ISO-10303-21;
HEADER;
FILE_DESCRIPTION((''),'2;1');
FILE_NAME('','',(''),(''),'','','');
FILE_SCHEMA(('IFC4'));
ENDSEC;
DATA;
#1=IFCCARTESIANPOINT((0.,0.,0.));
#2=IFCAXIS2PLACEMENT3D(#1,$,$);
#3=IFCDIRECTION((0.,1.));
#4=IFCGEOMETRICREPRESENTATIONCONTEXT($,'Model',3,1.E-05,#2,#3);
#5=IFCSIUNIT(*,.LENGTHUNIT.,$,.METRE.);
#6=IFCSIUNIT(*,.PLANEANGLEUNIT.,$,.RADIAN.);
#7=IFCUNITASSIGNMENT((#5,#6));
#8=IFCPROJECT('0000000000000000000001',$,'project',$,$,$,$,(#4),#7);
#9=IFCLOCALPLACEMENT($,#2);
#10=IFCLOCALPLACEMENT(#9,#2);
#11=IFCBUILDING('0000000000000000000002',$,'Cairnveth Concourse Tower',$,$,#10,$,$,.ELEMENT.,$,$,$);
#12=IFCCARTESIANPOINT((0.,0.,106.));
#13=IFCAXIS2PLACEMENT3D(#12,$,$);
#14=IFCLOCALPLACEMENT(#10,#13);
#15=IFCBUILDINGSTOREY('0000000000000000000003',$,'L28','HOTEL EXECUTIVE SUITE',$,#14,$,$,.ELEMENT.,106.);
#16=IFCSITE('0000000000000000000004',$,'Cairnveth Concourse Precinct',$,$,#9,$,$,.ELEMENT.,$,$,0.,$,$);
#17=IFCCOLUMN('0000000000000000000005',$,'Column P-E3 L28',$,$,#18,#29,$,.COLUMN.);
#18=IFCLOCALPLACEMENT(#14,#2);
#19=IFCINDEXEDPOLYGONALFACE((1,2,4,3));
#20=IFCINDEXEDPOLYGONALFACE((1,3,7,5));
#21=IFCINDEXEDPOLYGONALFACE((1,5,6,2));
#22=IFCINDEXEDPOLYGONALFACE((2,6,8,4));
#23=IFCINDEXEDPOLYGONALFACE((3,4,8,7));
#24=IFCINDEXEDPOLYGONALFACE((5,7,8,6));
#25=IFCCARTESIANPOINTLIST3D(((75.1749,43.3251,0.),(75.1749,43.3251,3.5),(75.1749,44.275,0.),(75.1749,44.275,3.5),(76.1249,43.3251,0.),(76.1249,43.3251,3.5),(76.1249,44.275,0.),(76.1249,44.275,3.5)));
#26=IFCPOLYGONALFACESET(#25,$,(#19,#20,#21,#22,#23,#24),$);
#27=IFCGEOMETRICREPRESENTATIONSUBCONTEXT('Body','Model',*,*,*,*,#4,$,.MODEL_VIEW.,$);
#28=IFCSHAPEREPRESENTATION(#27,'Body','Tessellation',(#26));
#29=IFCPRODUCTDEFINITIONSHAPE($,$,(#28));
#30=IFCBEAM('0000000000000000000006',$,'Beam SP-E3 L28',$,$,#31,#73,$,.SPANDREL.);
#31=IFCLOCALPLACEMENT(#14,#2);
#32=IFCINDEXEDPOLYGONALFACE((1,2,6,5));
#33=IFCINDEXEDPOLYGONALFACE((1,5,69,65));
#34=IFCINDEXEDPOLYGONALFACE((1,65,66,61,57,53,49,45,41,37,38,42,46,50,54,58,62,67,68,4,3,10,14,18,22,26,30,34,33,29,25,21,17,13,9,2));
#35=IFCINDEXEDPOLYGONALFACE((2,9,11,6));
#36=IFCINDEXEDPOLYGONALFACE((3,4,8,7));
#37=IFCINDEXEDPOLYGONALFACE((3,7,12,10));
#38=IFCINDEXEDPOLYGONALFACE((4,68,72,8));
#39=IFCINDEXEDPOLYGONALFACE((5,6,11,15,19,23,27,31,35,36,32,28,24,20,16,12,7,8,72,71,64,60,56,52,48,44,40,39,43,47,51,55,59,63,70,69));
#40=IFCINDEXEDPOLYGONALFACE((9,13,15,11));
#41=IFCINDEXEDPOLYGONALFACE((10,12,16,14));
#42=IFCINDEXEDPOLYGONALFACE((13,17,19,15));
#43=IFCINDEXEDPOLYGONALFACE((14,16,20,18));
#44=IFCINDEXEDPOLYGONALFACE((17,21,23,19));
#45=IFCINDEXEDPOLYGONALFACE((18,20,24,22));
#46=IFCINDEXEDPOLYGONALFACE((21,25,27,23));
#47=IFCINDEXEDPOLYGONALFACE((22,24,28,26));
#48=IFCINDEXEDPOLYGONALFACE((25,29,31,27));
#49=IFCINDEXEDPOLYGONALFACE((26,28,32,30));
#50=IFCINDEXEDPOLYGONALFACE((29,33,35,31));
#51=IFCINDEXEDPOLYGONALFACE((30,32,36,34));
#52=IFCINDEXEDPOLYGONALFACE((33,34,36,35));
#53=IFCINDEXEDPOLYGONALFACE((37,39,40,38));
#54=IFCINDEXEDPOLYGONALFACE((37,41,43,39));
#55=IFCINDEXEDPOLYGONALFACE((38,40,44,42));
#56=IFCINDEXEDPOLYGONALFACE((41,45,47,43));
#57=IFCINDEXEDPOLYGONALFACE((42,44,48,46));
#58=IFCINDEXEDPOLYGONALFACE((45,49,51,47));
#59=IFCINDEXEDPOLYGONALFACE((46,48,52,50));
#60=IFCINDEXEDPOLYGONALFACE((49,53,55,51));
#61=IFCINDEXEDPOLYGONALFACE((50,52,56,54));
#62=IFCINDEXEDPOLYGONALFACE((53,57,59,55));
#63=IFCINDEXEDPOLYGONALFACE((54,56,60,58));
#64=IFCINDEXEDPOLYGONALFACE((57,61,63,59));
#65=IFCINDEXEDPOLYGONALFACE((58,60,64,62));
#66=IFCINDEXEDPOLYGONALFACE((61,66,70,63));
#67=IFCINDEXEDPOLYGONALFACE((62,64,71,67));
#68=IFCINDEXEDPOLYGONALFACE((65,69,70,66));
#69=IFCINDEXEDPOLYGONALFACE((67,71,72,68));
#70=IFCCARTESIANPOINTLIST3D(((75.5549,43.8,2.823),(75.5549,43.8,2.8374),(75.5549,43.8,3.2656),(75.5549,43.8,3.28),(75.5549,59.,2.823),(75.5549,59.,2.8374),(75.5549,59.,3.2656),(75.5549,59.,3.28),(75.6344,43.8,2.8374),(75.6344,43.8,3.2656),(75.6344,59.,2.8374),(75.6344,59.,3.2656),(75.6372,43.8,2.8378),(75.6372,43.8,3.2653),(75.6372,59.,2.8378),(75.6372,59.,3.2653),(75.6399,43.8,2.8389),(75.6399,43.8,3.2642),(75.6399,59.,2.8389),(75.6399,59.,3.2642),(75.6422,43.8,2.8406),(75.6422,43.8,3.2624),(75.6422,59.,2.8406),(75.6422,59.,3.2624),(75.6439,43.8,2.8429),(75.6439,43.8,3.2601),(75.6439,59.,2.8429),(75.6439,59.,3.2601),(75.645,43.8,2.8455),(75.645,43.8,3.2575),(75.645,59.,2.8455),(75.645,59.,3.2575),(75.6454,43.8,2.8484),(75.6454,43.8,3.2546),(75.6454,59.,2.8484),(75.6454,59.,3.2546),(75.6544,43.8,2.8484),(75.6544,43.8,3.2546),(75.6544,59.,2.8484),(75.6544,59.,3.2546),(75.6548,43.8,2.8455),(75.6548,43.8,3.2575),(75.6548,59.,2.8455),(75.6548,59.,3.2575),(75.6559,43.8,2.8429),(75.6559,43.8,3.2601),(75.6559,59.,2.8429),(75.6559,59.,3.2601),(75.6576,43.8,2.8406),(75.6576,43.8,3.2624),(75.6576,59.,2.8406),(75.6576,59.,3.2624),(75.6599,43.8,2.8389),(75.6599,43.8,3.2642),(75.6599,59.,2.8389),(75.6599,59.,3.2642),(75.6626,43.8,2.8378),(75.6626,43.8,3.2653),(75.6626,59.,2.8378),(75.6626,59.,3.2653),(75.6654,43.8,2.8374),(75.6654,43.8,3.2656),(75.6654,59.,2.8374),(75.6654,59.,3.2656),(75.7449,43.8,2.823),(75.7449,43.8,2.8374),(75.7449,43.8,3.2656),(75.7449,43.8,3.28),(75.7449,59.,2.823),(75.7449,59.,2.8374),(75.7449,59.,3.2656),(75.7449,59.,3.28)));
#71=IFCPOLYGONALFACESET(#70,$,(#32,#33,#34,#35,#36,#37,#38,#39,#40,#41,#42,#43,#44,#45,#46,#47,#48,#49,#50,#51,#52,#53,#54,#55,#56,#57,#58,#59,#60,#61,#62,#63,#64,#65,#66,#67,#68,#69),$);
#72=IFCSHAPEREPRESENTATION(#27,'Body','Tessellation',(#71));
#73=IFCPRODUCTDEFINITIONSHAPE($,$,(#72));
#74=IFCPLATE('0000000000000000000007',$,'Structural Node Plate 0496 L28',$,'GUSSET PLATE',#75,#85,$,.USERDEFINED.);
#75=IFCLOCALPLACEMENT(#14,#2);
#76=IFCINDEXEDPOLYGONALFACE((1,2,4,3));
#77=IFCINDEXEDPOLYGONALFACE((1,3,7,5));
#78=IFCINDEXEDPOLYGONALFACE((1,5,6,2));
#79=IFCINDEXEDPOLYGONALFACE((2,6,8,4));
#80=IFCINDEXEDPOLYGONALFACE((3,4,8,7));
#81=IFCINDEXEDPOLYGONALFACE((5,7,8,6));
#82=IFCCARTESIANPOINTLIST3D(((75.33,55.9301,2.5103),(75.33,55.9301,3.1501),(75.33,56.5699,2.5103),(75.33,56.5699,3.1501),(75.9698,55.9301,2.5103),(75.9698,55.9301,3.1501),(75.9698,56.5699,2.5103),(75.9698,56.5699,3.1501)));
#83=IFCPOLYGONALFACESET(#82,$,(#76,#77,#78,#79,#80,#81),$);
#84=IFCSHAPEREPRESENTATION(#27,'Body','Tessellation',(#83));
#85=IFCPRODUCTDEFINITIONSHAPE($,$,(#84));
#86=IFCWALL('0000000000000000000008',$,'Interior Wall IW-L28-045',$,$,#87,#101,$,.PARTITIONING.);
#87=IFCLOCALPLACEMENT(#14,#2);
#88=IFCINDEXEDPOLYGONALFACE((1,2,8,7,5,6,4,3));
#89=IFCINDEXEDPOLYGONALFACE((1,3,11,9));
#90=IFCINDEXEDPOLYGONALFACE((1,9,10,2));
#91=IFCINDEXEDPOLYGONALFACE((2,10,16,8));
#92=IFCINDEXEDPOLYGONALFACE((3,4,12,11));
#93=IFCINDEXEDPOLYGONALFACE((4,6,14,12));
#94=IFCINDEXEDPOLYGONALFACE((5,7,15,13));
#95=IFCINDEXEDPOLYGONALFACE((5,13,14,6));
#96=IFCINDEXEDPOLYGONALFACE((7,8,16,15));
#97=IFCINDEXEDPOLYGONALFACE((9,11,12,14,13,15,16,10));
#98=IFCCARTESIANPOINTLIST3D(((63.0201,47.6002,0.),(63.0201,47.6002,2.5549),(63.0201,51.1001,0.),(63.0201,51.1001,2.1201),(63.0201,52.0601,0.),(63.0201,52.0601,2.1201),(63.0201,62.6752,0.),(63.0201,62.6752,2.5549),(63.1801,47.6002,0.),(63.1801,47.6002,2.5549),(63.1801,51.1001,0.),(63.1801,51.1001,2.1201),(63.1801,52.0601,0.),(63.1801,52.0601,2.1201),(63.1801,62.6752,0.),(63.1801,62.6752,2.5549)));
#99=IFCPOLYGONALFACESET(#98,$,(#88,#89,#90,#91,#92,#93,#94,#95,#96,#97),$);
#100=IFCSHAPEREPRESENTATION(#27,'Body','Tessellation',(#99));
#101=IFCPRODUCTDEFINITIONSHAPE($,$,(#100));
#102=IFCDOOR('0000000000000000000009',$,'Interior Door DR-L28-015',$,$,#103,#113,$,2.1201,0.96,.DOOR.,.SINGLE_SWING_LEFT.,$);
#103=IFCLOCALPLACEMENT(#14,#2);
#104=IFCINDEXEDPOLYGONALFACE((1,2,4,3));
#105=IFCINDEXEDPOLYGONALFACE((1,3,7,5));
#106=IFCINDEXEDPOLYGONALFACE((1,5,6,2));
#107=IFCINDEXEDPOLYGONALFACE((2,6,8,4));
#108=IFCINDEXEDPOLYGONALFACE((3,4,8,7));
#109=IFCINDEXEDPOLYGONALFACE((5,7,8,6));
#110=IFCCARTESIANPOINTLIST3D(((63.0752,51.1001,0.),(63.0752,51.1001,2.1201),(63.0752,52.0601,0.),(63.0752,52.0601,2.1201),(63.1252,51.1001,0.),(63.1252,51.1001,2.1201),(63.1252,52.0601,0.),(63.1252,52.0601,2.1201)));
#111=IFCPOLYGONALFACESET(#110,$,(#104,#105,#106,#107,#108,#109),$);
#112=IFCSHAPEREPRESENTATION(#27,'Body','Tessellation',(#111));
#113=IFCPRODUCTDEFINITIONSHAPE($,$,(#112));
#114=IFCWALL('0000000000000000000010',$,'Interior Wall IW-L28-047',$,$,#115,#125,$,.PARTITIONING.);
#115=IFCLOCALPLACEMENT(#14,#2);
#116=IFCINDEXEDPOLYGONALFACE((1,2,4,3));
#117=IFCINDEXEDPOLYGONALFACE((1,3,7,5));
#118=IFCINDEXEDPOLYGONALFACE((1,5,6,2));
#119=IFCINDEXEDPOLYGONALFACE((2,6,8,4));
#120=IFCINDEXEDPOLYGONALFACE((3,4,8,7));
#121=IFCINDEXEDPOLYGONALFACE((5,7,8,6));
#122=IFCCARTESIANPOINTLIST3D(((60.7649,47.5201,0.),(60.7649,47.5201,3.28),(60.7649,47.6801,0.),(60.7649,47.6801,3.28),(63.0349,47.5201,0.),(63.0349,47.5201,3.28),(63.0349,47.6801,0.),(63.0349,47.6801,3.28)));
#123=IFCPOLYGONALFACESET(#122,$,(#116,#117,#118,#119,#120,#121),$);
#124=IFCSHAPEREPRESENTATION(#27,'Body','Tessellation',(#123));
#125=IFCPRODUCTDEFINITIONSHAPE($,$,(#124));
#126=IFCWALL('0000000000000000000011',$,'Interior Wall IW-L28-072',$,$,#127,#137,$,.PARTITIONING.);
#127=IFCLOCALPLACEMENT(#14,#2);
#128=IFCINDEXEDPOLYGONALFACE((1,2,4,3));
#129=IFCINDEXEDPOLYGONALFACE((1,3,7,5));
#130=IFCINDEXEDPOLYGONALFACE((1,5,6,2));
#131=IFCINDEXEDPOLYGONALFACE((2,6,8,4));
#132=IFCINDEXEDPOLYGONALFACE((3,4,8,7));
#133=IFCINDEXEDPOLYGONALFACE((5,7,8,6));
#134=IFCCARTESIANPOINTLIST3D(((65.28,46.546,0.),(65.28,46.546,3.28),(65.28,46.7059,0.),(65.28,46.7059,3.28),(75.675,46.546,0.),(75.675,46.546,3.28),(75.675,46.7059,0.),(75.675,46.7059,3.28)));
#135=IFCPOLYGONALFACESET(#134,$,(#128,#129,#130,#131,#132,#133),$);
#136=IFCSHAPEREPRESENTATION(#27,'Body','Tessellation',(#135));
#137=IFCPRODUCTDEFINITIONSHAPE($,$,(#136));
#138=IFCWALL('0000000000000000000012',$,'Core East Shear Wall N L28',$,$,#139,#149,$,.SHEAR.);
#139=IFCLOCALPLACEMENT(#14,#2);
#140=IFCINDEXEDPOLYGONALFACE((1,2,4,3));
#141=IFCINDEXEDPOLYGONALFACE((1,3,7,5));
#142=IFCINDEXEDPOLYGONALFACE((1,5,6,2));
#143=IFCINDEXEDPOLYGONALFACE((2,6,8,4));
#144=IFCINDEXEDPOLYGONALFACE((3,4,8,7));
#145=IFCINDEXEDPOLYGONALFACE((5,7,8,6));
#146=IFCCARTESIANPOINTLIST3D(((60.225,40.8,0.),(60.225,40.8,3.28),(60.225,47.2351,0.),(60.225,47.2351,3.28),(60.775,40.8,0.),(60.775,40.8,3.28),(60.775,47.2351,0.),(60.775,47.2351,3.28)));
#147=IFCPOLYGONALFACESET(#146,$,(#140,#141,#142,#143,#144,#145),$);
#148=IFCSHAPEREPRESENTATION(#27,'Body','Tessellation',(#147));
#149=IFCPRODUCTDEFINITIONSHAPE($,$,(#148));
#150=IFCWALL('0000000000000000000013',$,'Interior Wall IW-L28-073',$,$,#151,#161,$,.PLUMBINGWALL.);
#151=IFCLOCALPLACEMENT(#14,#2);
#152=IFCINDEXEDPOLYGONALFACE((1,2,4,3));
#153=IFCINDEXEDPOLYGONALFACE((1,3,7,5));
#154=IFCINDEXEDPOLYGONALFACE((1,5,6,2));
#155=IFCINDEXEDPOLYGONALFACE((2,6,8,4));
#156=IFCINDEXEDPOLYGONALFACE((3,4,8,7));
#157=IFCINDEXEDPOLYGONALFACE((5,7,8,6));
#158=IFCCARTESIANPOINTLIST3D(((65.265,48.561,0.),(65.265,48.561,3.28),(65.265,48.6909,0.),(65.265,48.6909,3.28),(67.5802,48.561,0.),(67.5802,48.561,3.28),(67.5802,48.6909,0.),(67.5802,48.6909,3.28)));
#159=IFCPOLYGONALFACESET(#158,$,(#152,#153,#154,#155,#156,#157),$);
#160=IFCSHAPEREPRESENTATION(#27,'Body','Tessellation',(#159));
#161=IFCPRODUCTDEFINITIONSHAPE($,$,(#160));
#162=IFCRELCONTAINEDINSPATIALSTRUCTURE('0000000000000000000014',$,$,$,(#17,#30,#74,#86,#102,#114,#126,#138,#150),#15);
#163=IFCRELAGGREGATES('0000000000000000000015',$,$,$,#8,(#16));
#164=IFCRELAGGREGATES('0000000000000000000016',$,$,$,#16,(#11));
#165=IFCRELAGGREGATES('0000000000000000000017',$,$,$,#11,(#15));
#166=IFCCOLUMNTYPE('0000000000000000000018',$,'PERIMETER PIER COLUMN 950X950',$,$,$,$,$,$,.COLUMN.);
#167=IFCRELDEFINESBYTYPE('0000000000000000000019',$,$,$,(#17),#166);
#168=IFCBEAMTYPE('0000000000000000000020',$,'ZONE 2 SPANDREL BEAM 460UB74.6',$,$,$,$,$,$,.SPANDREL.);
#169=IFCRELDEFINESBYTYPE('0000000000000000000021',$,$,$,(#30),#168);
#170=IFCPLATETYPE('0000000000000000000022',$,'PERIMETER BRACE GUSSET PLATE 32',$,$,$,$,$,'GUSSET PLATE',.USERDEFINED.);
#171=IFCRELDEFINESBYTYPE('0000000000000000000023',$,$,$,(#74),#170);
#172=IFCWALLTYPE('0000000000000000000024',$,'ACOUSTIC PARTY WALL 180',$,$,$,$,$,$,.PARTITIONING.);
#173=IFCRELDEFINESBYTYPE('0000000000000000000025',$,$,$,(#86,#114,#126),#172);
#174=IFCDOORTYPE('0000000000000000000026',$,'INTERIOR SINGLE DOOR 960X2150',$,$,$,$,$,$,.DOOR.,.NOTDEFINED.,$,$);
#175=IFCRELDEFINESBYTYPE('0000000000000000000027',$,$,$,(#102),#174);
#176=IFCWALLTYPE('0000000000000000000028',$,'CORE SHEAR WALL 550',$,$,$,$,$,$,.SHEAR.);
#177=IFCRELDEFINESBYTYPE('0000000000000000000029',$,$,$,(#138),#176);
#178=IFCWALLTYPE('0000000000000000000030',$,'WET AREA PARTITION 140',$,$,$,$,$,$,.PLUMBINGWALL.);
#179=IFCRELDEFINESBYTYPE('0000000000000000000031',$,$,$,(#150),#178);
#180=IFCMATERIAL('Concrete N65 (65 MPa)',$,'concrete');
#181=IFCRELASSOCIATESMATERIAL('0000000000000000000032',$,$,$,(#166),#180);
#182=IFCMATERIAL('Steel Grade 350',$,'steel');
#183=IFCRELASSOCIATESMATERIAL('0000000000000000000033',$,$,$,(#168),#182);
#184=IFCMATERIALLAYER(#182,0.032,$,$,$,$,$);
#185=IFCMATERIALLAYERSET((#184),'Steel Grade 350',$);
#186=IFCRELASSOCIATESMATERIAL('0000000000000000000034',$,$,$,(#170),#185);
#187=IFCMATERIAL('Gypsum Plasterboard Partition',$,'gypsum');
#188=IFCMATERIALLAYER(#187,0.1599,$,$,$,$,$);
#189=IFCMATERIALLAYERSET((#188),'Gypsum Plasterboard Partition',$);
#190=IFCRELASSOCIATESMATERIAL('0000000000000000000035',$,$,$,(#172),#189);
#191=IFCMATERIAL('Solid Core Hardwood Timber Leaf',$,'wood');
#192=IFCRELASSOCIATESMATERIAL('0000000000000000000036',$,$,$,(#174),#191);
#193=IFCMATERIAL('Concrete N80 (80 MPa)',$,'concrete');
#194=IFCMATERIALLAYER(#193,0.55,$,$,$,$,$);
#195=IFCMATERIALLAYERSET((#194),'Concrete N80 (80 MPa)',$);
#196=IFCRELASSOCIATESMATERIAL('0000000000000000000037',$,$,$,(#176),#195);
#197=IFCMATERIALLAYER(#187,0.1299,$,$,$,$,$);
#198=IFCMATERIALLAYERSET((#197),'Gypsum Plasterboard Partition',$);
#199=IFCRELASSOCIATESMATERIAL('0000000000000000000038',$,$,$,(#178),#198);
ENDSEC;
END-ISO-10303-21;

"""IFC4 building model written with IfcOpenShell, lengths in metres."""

from ifc_helpers import new_model, si_unit, direction, frame, frame_2d, origin, origin_2d, place, context, subcontext, project, spatial, rectangle, i_section, extrude, material, layer, layer_set, material_profile, profile_set, type_object, element, fill, save


model = new_model("IFC4")

# Units and contexts
model_context = context("Model", 3, precision=1e-05, world=origin(), true_north=direction((0.0, 1.0)))
body_context = subcontext(model_context, "Body", "Model", "MODEL_VIEW")
ifc_project = project(units=[si_unit("LENGTHUNIT", "METRE"), si_unit("PLANEANGLEUNIT", "RADIAN")], contexts=[model_context])

# Site, building, storey
site_placement = place(None, origin())
site = spatial("IfcSite", under=ifc_project, at=site_placement, Name="Cairnveth Concourse Precinct", CompositionType="ELEMENT", RefElevation=0.0)
building_placement = place(site_placement, origin())
building = spatial("IfcBuilding", under=site, at=building_placement, Name="Cairnveth Concourse Tower", CompositionType="ELEMENT")
storey_placement = place(building_placement, frame((0.0, 0.0, 106.0)))
storey = spatial("IfcBuildingStorey", under=building, at=storey_placement, Name="L28", Description="HOTEL EXECUTIVE SUITE", CompositionType="ELEMENT", Elevation=106.0)

# Column
ifc_material_1 = material(Name="Concrete N65 (65 MPa)", Category="concrete")
ifc_material_profile_1 = material_profile(ifc_material_1, rectangle(XDim=0.95, YDim=0.95, at=origin_2d()), Name="RC-COL-950x950")
ifc_profile_set_1 = profile_set([ifc_material_profile_1], Name="Concrete N65 (65 MPa)")
column_type = type_object("IfcColumnType", Name="PERIMETER PIER COLUMN 950X950", PredefinedType="COLUMN", material=ifc_profile_set_1)
column_placement = place(storey_placement, frame((75.6499, 43.8, 0.0), z_axis=(0.0, 0.0, 1.0), x_axis=(0.0, 1.0, 0.0)))
element("IfcColumn", 1, at=column_placement, inside=storey, type_object=column_type, Name="Column P-E3 L28", PredefinedType="COLUMN", context=body_context, shape_type="SweptSolid", body=[
    extrude(rectangle(XDim=0.95, YDim=0.95, at=origin_2d()), origin(), (0.0, 0.0, 1.0), 3.5),
])

# Beam
ifc_material_2 = material(Name="Steel Grade 350", Category="steel")
ifc_material_profile_2 = material_profile(ifc_material_2, i_section(OverallWidth=0.1899, OverallDepth=0.457, WebThickness=0.009, FlangeThickness=0.0144, FilletRadius=0.011, at=origin_2d()), Name="460UB74.6")
ifc_profile_set_2 = profile_set([ifc_material_profile_2], Name="Steel Grade 350")
beam_type = type_object("IfcBeamType", Name="ZONE 2 SPANDREL BEAM 460UB74.6", PredefinedType="SPANDREL", material=ifc_profile_set_2)
beam_placement = place(storey_placement, frame((75.6499, 43.8, 3.0515), z_axis=(0.0, 1.0, 0.0), x_axis=(-1.0, 0.0, 0.0)))
element("IfcBeam", 2, at=beam_placement, inside=storey, type_object=beam_type, Name="Beam SP-E3 L28", PredefinedType="SPANDREL", context=body_context, shape_type="SweptSolid", body=[
    extrude(i_section(OverallWidth=0.1899, OverallDepth=0.457, WebThickness=0.009, FlangeThickness=0.0144, FilletRadius=0.011, at=origin_2d()), origin(), (0.0, 0.0, 1.0), 15.2),
])

# Plate
ifc_layer_1 = layer(ifc_material_2, 0.032)
ifc_layer_set_1 = layer_set([ifc_layer_1], Name="Steel Grade 350")
plate_type = type_object("IfcPlateType", Name="PERIMETER BRACE GUSSET PLATE 32", ElementType="GUSSET PLATE", PredefinedType="USERDEFINED", material=ifc_layer_set_1)
plate_placement = place(storey_placement, frame((75.6499, 56.25, 2.5103), z_axis=(0.0, 0.0, 1.0), x_axis=(1.0, 0.0, 0.0)))
element("IfcPlate", 3, at=plate_placement, inside=storey, type_object=plate_type, Name="Structural Node Plate 0496 L28", ObjectType="GUSSET PLATE", PredefinedType="USERDEFINED", context=body_context, shape_type="SweptSolid", body=[
    extrude(rectangle(XDim=0.6399, YDim=0.6399, at=origin_2d()), origin(), (0.0, 0.0, 1.0), 0.6399),
])

# Wall, opening, door
ifc_material_3 = material(Name="Gypsum Plasterboard Partition", Category="gypsum")
ifc_layer_2 = layer(ifc_material_3, 0.1599)
ifc_layer_set_2 = layer_set([ifc_layer_2], Name="Gypsum Plasterboard Partition")
wall_type_1 = type_object("IfcWallType", Name="ACOUSTIC PARTY WALL 180", PredefinedType="PARTITIONING", material=ifc_layer_set_2)
wall_1_placement = place(storey_placement, frame((63.1001, 47.6001, 0.0), z_axis=(0.0, 0.0, 1.0), x_axis=(0.0, 1.0, 0.0)))
wall_1 = element("IfcWall", 4, at=wall_1_placement, inside=storey, type_object=wall_type_1, Name="Interior Wall IW-L28-045", PredefinedType="PARTITIONING", context=body_context, shape_type="SweptSolid", body=[
    extrude(rectangle(XDim=15.075, YDim=0.1599, at=frame_2d((7.5376, 0.0))), origin(), (0.0, 0.0, 1.0), 2.5549),
])
opening_1_placement = place(wall_1_placement, frame((3.5, 0.0, 0.0)))
opening_1 = element("IfcOpeningElement", 5, at=opening_1_placement, cuts=wall_1, PredefinedType="OPENING", context=body_context, shape_type="SweptSolid", body=[
    extrude(rectangle(XDim=0.96, YDim=2.1201, at=frame_2d((0.48, 1.0601))), frame((0.0, 0.0898, 0.0), z_axis=(0.0, -1.0, 0.0), x_axis=(1.0, 0.0, 0.0)), (0.0, 0.0, 1.0), 0.1799),
])
ifc_material_4 = material(Name="Solid Core Hardwood Timber Leaf", Category="wood")
door_type_1 = type_object("IfcDoorType", Name="INTERIOR SINGLE DOOR 960X2150", OperationType="NOTDEFINED", PredefinedType="DOOR", material=ifc_material_4)
door_1_placement = place(opening_1_placement, origin())
door_1 = element("IfcDoor", 6, at=door_1_placement, inside=storey, type_object=door_type_1, Name="Interior Door DR-L28-015", OperationType="SINGLE_SWING_LEFT", OverallHeight=2.1201, OverallWidth=0.96, PredefinedType="DOOR", context=body_context, shape_type="SweptSolid", body=[
    extrude(rectangle(XDim=0.96, YDim=2.1201, at=frame_2d((0.48, 1.0601))), frame((0.0, 0.0249, 0.0), z_axis=(0.0, -1.0, 0.0), x_axis=(1.0, 0.0, 0.0)), (0.0, 0.0, 1.0), 0.05),
])
fill(opening_1, door_1)

# Walls
wall_2_placement = place(storey_placement, frame((60.7649, 47.6001, 0.0), z_axis=(0.0, 0.0, 1.0), x_axis=(1.0, 0.0, 0.0)))
element("IfcWall", 7, at=wall_2_placement, inside=storey, type_object=wall_type_1, Name="Interior Wall IW-L28-047", PredefinedType="PARTITIONING", context=body_context, shape_type="SweptSolid", body=[
    extrude(rectangle(XDim=2.27, YDim=0.1599, at=frame_2d((1.135, 0.0))), origin(), (0.0, 0.0, 1.0), 3.28),
])
wall_3_placement = place(storey_placement, frame((65.28, 46.626, 0.0), z_axis=(0.0, 0.0, 1.0), x_axis=(1.0, 0.0, 0.0)))
element("IfcWall", 8, at=wall_3_placement, inside=storey, type_object=wall_type_1, Name="Interior Wall IW-L28-072", PredefinedType="PARTITIONING", context=body_context, shape_type="SweptSolid", body=[
    extrude(rectangle(XDim=10.395, YDim=0.1599, at=frame_2d((5.1975, 0.0))), origin(), (0.0, 0.0, 1.0), 3.28),
])
ifc_material_5 = material(Name="Concrete N80 (80 MPa)", Category="concrete")
ifc_layer_3 = layer(ifc_material_5, 0.55)
ifc_layer_set_3 = layer_set([ifc_layer_3], Name="Concrete N80 (80 MPa)")
wall_type_2 = type_object("IfcWallType", Name="CORE SHEAR WALL 550", PredefinedType="SHEAR", material=ifc_layer_set_3)
wall_4_placement = place(storey_placement, frame((60.5, 40.8, 0.0), z_axis=(0.0, 0.0, 1.0), x_axis=(0.0, 1.0, 0.0)))
element("IfcWall", 9, at=wall_4_placement, inside=storey, type_object=wall_type_2, Name="Core East Shear Wall N L28", PredefinedType="SHEAR", context=body_context, shape_type="SweptSolid", body=[
    extrude(rectangle(XDim=6.4351, YDim=0.55, at=frame_2d((3.2175, 0.0))), origin(), (0.0, 0.0, 1.0), 3.28),
])

# Wall
ifc_layer_4 = layer(ifc_material_3, 0.1299)
ifc_layer_set_4 = layer_set([ifc_layer_4], Name="Gypsum Plasterboard Partition")
wall_type_3 = type_object("IfcWallType", Name="WET AREA PARTITION 140", PredefinedType="PLUMBINGWALL", material=ifc_layer_set_4)
wall_5_placement = place(storey_placement, frame((65.2649, 48.626, 0.0), z_axis=(0.0, 0.0, 1.0), x_axis=(1.0, 0.0, 0.0)))
element("IfcWall", 10, at=wall_5_placement, inside=storey, type_object=wall_type_3, Name="Interior Wall IW-L28-073", PredefinedType="PLUMBINGWALL", context=body_context, shape_type="SweptSolid", body=[
    extrude(rectangle(XDim=2.3152, YDim=0.1299, at=frame_2d((1.1577, 0.0))), origin(), (0.0, 0.0, 1.0), 3.28),
])

save(model, "model.ifc")
